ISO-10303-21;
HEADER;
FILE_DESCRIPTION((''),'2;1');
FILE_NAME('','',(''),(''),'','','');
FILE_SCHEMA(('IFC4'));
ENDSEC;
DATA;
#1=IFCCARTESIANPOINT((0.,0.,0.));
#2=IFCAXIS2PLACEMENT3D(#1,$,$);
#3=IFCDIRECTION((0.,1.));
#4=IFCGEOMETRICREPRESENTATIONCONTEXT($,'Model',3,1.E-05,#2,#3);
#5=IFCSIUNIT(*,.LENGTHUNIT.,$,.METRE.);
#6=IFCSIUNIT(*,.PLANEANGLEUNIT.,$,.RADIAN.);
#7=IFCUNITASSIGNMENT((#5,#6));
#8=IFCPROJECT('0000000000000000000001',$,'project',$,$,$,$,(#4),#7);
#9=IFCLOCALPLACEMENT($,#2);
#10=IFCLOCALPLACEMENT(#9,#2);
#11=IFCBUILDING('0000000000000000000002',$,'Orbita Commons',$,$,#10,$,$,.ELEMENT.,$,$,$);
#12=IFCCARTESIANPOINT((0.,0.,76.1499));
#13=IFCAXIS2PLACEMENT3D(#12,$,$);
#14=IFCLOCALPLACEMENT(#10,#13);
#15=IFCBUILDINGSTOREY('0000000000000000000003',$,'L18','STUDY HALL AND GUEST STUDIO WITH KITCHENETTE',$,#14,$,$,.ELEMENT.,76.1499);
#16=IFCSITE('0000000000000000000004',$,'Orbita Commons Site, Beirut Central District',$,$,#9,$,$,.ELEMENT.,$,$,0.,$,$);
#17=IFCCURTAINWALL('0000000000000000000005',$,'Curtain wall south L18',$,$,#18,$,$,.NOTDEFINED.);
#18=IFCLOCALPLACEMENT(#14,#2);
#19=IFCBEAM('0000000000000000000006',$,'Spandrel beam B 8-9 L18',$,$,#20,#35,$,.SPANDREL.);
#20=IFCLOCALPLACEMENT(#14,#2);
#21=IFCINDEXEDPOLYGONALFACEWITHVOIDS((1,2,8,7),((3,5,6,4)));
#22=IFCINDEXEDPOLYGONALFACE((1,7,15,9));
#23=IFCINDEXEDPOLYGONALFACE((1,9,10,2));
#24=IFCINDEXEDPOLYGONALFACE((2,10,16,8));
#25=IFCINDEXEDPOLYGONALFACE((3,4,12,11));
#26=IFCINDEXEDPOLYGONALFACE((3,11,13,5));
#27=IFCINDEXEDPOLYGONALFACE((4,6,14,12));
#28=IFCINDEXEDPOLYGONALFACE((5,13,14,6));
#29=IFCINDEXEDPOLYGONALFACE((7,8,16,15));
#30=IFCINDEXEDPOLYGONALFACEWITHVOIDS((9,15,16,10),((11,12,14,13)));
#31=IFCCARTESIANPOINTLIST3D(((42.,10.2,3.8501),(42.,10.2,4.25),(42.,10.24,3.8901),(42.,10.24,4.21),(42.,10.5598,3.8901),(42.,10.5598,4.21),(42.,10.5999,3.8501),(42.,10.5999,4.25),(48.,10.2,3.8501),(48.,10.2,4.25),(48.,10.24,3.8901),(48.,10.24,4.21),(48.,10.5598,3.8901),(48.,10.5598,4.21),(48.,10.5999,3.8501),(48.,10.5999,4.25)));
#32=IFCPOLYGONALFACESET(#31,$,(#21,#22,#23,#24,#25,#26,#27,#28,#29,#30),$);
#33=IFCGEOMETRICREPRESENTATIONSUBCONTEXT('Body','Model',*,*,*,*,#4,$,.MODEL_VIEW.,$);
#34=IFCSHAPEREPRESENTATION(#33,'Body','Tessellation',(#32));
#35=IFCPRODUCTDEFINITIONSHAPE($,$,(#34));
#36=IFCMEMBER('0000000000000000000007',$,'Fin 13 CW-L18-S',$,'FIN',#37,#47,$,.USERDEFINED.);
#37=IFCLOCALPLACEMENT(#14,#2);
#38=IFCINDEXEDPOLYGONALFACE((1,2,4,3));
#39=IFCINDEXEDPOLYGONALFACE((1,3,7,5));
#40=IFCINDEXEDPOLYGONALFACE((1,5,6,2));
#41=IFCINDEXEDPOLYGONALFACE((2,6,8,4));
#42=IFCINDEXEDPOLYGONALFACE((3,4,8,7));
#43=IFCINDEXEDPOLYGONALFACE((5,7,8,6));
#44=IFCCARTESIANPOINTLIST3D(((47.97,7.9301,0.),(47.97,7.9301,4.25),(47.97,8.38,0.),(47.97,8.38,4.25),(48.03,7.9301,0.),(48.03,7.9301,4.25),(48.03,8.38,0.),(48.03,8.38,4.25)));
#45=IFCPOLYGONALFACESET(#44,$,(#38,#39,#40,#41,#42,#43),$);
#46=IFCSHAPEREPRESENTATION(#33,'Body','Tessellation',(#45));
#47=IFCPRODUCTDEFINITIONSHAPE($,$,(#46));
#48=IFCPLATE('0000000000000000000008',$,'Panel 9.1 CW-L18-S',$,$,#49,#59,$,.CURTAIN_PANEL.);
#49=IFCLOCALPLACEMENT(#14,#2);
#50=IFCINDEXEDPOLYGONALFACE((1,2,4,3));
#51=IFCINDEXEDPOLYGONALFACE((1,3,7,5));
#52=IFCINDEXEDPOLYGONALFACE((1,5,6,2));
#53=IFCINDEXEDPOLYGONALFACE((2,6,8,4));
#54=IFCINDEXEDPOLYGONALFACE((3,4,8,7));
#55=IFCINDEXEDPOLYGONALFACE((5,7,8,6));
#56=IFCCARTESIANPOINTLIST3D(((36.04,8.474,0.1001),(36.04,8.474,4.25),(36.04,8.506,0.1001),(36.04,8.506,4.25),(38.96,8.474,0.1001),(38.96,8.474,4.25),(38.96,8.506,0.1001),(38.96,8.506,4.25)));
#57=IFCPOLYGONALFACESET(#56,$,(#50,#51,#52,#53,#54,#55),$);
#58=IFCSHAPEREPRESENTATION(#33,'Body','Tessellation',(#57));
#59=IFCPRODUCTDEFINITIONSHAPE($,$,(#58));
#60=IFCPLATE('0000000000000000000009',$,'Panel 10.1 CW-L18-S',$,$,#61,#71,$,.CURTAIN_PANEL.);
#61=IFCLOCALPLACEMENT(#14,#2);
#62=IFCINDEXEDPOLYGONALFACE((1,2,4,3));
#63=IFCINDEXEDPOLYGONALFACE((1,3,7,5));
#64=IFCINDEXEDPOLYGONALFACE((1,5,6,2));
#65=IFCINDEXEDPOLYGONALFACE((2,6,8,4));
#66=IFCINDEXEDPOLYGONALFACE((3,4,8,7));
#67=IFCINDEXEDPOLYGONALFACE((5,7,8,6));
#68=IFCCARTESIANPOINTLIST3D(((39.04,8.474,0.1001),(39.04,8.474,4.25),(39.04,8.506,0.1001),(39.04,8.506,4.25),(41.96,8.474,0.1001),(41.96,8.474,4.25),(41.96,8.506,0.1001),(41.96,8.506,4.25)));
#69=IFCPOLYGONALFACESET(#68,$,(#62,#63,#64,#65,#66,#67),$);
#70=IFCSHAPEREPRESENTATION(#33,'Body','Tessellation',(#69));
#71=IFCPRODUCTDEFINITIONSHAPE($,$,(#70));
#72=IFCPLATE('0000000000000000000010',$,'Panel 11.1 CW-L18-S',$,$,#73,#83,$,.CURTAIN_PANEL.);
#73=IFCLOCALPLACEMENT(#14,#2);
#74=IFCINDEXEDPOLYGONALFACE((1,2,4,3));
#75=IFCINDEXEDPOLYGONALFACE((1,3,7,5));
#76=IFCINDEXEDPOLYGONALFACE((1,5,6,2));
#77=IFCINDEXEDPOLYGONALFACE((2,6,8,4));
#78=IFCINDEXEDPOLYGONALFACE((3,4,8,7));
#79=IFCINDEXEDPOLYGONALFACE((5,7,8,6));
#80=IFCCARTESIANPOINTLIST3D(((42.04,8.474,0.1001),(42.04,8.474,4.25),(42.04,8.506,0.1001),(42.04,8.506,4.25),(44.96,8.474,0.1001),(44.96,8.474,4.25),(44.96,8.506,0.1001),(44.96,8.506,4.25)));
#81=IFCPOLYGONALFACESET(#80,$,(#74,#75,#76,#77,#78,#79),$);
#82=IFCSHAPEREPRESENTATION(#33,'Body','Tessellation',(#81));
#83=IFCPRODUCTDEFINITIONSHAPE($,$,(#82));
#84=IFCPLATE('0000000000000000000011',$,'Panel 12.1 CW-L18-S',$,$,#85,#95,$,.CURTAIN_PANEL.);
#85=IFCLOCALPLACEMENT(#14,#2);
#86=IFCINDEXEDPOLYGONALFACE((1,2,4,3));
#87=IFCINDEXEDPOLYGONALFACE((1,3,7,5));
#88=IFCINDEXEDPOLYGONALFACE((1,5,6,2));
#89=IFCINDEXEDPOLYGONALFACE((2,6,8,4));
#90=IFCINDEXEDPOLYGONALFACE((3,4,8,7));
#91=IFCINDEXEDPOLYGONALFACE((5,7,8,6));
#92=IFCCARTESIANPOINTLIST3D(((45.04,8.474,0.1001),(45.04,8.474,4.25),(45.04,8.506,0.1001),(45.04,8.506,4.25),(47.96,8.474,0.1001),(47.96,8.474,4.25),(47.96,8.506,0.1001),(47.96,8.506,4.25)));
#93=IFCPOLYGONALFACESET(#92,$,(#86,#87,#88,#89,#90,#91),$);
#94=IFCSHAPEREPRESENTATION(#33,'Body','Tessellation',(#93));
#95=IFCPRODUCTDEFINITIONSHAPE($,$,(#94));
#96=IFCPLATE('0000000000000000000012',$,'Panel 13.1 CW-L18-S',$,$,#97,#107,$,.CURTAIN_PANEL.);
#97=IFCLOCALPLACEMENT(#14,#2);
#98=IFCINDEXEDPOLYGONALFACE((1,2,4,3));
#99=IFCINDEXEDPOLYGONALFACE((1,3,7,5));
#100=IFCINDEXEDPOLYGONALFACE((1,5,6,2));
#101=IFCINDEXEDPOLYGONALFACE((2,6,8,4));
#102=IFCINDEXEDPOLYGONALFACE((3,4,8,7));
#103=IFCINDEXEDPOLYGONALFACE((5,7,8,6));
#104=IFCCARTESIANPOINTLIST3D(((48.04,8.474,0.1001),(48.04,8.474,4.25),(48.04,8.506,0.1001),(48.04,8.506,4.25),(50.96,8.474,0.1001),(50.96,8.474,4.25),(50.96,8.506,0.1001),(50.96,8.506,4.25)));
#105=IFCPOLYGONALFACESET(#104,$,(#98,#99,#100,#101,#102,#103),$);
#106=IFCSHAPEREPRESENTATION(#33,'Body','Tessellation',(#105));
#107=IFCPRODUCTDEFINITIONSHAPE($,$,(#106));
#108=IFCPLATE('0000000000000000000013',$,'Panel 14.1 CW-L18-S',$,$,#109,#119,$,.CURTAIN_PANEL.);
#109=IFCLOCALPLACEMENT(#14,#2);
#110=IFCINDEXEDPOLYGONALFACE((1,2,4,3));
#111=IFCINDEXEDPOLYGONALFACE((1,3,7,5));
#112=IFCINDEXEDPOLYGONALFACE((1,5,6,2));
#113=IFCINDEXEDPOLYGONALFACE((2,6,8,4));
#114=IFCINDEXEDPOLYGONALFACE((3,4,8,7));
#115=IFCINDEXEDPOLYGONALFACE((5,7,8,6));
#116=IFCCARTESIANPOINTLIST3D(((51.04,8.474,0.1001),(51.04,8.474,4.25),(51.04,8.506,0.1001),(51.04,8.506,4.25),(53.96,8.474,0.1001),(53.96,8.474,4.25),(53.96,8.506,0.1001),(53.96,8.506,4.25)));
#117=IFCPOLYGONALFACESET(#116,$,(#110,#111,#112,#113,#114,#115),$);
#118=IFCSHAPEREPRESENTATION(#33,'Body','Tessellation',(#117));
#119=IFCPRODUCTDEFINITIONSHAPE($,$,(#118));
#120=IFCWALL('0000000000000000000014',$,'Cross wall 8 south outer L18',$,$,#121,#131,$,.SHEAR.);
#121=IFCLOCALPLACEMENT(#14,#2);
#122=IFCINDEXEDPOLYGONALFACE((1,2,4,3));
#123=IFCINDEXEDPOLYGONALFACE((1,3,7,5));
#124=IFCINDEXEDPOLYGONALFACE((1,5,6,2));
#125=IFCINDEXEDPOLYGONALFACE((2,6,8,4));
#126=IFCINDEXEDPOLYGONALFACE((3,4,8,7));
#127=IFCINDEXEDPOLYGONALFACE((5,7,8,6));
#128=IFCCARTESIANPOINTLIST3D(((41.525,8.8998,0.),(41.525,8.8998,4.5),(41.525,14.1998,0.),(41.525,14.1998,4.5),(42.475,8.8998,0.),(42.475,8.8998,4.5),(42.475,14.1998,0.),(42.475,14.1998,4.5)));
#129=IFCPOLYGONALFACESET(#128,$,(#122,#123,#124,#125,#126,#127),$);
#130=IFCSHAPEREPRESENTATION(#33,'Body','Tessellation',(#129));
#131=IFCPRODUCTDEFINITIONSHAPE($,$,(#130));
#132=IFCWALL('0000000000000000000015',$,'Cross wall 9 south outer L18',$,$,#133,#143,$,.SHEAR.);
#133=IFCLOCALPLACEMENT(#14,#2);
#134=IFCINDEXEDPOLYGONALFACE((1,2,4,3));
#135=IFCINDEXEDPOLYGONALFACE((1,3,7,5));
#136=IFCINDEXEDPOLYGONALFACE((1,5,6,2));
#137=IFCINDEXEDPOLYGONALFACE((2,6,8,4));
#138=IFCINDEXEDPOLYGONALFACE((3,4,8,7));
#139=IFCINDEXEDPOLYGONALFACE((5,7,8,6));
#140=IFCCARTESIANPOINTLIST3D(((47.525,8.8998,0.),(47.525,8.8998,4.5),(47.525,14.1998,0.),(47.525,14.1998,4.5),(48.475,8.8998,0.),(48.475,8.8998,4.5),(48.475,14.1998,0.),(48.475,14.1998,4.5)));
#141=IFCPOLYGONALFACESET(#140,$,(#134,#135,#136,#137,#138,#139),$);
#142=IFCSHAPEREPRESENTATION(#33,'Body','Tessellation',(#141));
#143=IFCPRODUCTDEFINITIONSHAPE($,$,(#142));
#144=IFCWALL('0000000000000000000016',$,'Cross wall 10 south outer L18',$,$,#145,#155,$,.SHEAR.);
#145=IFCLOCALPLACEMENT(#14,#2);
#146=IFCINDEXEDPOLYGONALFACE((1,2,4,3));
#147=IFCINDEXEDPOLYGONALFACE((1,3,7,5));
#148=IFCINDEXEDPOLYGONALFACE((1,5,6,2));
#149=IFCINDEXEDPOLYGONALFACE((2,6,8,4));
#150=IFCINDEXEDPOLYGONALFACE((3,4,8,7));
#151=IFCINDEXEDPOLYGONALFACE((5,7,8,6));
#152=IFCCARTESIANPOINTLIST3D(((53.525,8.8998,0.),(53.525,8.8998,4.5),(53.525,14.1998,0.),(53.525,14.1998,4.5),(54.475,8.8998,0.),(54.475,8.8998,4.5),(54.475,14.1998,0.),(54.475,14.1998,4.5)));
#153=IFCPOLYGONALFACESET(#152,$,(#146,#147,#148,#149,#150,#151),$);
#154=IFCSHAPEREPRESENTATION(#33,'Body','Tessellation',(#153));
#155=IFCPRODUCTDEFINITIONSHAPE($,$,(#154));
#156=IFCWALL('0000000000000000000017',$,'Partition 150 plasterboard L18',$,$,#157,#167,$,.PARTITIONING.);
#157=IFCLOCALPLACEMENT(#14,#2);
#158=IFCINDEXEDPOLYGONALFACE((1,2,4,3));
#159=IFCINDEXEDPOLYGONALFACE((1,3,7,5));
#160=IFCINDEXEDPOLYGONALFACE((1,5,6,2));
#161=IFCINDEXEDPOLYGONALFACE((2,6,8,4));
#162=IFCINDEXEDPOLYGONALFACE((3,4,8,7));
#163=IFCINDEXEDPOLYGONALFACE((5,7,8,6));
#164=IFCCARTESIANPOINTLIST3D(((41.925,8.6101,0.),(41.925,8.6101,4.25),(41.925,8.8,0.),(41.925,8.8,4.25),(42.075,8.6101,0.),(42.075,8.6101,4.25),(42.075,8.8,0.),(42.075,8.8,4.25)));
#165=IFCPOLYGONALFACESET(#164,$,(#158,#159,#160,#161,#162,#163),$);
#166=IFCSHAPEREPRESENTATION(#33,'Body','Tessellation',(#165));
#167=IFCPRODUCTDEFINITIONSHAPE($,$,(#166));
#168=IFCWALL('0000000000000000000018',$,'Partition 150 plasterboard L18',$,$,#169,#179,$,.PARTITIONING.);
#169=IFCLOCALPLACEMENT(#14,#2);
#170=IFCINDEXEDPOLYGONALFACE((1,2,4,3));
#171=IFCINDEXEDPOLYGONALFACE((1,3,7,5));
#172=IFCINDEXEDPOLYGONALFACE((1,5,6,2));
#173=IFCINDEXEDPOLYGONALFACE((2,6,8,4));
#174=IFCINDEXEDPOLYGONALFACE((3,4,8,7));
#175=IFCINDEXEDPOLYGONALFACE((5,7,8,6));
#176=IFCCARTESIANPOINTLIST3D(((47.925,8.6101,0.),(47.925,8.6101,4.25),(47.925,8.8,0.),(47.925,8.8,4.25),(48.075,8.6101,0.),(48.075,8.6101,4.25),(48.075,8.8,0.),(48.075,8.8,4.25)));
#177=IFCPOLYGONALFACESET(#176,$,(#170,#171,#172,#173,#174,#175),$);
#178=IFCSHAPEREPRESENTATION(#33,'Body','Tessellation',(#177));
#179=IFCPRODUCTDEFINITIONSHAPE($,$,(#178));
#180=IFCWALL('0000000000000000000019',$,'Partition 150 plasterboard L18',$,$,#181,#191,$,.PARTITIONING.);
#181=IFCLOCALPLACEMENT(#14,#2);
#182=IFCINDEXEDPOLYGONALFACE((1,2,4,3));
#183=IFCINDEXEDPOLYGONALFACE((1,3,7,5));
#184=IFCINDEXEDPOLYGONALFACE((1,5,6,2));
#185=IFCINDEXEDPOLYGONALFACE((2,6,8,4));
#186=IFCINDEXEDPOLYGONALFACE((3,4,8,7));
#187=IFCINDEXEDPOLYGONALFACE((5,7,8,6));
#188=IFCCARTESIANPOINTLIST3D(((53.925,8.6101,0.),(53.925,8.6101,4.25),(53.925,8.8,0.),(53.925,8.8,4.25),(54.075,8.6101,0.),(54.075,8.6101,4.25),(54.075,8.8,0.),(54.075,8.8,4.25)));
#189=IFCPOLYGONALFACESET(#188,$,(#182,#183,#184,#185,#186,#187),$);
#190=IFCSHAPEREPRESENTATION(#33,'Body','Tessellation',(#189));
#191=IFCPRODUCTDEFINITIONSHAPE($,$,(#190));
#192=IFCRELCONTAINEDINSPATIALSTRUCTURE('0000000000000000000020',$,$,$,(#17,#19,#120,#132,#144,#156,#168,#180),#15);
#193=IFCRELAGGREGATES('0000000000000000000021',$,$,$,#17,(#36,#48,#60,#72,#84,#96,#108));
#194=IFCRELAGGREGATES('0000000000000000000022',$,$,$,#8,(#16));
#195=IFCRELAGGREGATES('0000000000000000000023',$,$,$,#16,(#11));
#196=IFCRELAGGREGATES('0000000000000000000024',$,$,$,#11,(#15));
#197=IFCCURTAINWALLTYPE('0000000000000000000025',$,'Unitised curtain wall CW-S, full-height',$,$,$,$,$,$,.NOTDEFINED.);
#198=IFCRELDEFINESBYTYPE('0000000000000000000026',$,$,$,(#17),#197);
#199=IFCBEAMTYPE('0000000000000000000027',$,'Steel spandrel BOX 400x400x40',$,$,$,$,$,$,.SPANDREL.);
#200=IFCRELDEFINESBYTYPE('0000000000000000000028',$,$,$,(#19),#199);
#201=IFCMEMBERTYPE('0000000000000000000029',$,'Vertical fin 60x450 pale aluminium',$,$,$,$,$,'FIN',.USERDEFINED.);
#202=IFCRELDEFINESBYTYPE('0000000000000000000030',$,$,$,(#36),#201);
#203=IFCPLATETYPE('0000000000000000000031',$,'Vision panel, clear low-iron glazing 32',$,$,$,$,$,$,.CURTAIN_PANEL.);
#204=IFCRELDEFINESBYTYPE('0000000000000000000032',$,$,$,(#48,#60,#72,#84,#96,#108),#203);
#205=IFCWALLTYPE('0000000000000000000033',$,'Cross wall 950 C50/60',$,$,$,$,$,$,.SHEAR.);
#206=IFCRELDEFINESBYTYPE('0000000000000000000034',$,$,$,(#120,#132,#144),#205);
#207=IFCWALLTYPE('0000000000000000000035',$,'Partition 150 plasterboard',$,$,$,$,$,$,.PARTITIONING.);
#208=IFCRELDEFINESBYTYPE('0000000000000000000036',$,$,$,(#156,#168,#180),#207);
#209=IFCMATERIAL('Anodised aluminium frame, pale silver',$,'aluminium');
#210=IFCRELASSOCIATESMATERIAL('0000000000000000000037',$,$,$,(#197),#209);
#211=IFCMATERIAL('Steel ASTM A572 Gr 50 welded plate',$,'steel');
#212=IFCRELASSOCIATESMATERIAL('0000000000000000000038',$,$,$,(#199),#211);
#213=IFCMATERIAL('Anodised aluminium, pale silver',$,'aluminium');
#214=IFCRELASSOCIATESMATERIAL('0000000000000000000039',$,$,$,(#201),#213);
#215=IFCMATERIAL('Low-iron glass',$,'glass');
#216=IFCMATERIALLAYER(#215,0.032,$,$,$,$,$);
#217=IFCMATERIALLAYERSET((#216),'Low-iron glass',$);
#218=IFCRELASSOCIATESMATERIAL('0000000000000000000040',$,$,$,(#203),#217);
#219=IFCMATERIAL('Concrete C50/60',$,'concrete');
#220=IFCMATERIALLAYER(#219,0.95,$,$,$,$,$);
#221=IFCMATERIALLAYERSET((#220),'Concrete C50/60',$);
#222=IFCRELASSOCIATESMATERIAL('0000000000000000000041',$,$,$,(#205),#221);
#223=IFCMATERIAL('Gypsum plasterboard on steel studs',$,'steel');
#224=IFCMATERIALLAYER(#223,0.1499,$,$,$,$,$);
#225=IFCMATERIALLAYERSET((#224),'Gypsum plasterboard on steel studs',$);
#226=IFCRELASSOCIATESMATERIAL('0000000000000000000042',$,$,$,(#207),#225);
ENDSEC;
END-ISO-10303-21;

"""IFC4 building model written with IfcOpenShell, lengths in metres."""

from ifc_helpers import new_model, si_unit, direction, frame, frame_2d, origin, origin_2d, place, context, subcontext, project, spatial, rectangle, hollow_rectangle, extrude, material, layer, layer_set, material_profile, profile_set, type_object, element, aggregate, save


model = new_model("IFC4")

# Units and contexts
model_context = context("Model", 3, precision=1e-05, world=origin(), true_north=direction((0.0, 1.0)))
body_context = subcontext(model_context, "Body", "Model", "MODEL_VIEW")
ifc_project = project(units=[si_unit("LENGTHUNIT", "METRE"), si_unit("PLANEANGLEUNIT", "RADIAN")], contexts=[model_context])

# Site, building, storey
site_placement = place(None, origin())
site = spatial("IfcSite", under=ifc_project, at=site_placement, Name="Orbita Commons Site, Beirut Central District", CompositionType="ELEMENT", RefElevation=0.0)
building_placement = place(site_placement, origin())
building = spatial("IfcBuilding", under=site, at=building_placement, Name="Orbita Commons", CompositionType="ELEMENT")
storey_placement = place(building_placement, frame((0.0, 0.0, 76.1499)))
storey = spatial("IfcBuildingStorey", under=building, at=storey_placement, Name="L18", Description="STUDY HALL AND GUEST STUDIO WITH KITCHENETTE", CompositionType="ELEMENT", Elevation=76.1499)

# Curtain wall
ifc_material_1 = material(Name="Anodised aluminium frame, pale silver", Category="aluminium")
curtain_wall_type = type_object("IfcCurtainWallType", Name="Unitised curtain wall CW-S, full-height", PredefinedType="NOTDEFINED", material=ifc_material_1)
curtain_wall_placement = place(storey_placement, origin())
curtain_wall = element("IfcCurtainWall", 1, at=curtain_wall_placement, inside=storey, type_object=curtain_wall_type, Name="Curtain wall south L18", PredefinedType="NOTDEFINED")

# Beam
ifc_material_2 = material(Name="Steel ASTM A572 Gr 50 welded plate", Category="steel")
ifc_material_profile_1 = material_profile(ifc_material_2, hollow_rectangle(XDim=0.3999, YDim=0.3999, WallThickness=0.04, at=origin_2d()), Name="BOX 400x400x40")
ifc_profile_set_1 = profile_set([ifc_material_profile_1], Name="Steel ASTM A572 Gr 50 welded plate")
beam_type = type_object("IfcBeamType", Name="Steel spandrel BOX 400x400x40", PredefinedType="SPANDREL", material=ifc_profile_set_1)
beam_placement = place(storey_placement, frame((42.0, 10.3999, 4.05), z_axis=(1.0, 0.0, 0.0), x_axis=(0.0, 1.0, 0.0)))
element("IfcBeam", 2, at=beam_placement, inside=storey, type_object=beam_type, Name="Spandrel beam B 8-9 L18", PredefinedType="SPANDREL", context=body_context, shape_type="SweptSolid", body=[
    extrude(hollow_rectangle(XDim=0.3999, YDim=0.3999, WallThickness=0.04, at=origin_2d()), origin(), (0.0, 0.0, 1.0), 6.0),
])

# Member
ifc_material_3 = material(Name="Anodised aluminium, pale silver", Category="aluminium")
ifc_material_profile_2 = material_profile(ifc_material_3, rectangle(XDim=0.0601, YDim=0.45, at=origin_2d()), Name="FIN 60x450")
ifc_profile_set_2 = profile_set([ifc_material_profile_2], Name="Anodised aluminium, pale silver")
member_type_1 = type_object("IfcMemberType", Name="Vertical fin 60x450 pale aluminium", ElementType="FIN", PredefinedType="USERDEFINED", material=ifc_profile_set_2)
member_1_placement = place(storey_placement, frame((48.0, 8.155, 0.0), z_axis=(0.0, 0.0, 1.0), x_axis=(1.0, 0.0, 0.0)))
member_1 = element("IfcMember", 3, at=member_1_placement, type_object=member_type_1, Name="Fin 13 CW-L18-S", ObjectType="FIN", PredefinedType="USERDEFINED", context=body_context, shape_type="SweptSolid", body=[
    extrude(rectangle(XDim=0.0601, YDim=0.45, at=origin_2d()), origin(), (0.0, 0.0, 1.0), 4.25),
])

# Plates
ifc_material_4 = material(Name="Low-iron glass", Category="glass")
ifc_layer_1 = layer(ifc_material_4, 0.032)
ifc_layer_set_1 = layer_set([ifc_layer_1], Name="Low-iron glass")
plate_type = type_object("IfcPlateType", Name="Vision panel, clear low-iron glazing 32", PredefinedType="CURTAIN_PANEL", material=ifc_layer_set_1)
plate_1_placement = place(storey_placement, frame((37.5, 8.49, 0.1001), z_axis=(0.0, 0.0, 1.0), x_axis=(1.0, 0.0, 0.0)))
plate_1 = element("IfcPlate", 4, at=plate_1_placement, type_object=plate_type, Name="Panel 9.1 CW-L18-S", PredefinedType="CURTAIN_PANEL", context=body_context, shape_type="SweptSolid", body=[
    extrude(rectangle(XDim=2.9199, YDim=0.032, at=origin_2d()), origin(), (0.0, 0.0, 1.0), 4.1499),
])
plate_2_placement = place(storey_placement, frame((40.5, 8.49, 0.1001), z_axis=(0.0, 0.0, 1.0), x_axis=(1.0, 0.0, 0.0)))
plate_2 = element("IfcPlate", 5, at=plate_2_placement, type_object=plate_type, Name="Panel 10.1 CW-L18-S", PredefinedType="CURTAIN_PANEL", context=body_context, shape_type="SweptSolid", body=[
    extrude(rectangle(XDim=2.9199, YDim=0.032, at=origin_2d()), origin(), (0.0, 0.0, 1.0), 4.1499),
])
plate_3_placement = place(storey_placement, frame((43.5, 8.49, 0.1001), z_axis=(0.0, 0.0, 1.0), x_axis=(1.0, 0.0, 0.0)))
plate_3 = element("IfcPlate", 6, at=plate_3_placement, type_object=plate_type, Name="Panel 11.1 CW-L18-S", PredefinedType="CURTAIN_PANEL", context=body_context, shape_type="SweptSolid", body=[
    extrude(rectangle(XDim=2.9199, YDim=0.032, at=origin_2d()), origin(), (0.0, 0.0, 1.0), 4.1499),
])
plate_4_placement = place(storey_placement, frame((46.5, 8.49, 0.1001), z_axis=(0.0, 0.0, 1.0), x_axis=(1.0, 0.0, 0.0)))
plate_4 = element("IfcPlate", 7, at=plate_4_placement, type_object=plate_type, Name="Panel 12.1 CW-L18-S", PredefinedType="CURTAIN_PANEL", context=body_context, shape_type="SweptSolid", body=[
    extrude(rectangle(XDim=2.9199, YDim=0.032, at=origin_2d()), origin(), (0.0, 0.0, 1.0), 4.1499),
])
plate_5_placement = place(storey_placement, frame((49.5, 8.49, 0.1001), z_axis=(0.0, 0.0, 1.0), x_axis=(1.0, 0.0, 0.0)))
plate_5 = element("IfcPlate", 8, at=plate_5_placement, type_object=plate_type, Name="Panel 13.1 CW-L18-S", PredefinedType="CURTAIN_PANEL", context=body_context, shape_type="SweptSolid", body=[
    extrude(rectangle(XDim=2.9199, YDim=0.032, at=origin_2d()), origin(), (0.0, 0.0, 1.0), 4.1499),
])
plate_6_placement = place(storey_placement, frame((52.5, 8.49, 0.1001), z_axis=(0.0, 0.0, 1.0), x_axis=(1.0, 0.0, 0.0)))
plate_6 = element("IfcPlate", 9, at=plate_6_placement, type_object=plate_type, Name="Panel 14.1 CW-L18-S", PredefinedType="CURTAIN_PANEL", context=body_context, shape_type="SweptSolid", body=[
    extrude(rectangle(XDim=2.9199, YDim=0.032, at=origin_2d()), origin(), (0.0, 0.0, 1.0), 4.1499),
])
aggregate(curtain_wall, [member_1, plate_1, plate_2, plate_3, plate_4, plate_5, plate_6])

# Walls
ifc_material_5 = material(Name="Concrete C50/60", Category="concrete")
ifc_layer_2 = layer(ifc_material_5, 0.95)
ifc_layer_set_2 = layer_set([ifc_layer_2], Name="Concrete C50/60")
wall_type_1 = type_object("IfcWallType", Name="Cross wall 950 C50/60", PredefinedType="SHEAR", material=ifc_layer_set_2)
for number, where, z_axis, x_axis, name in (
    (10, (42.0, 8.8999, 0.0), (0.0, 0.0, 1.0), (0.0, 1.0, 0.0), "Cross wall 8 south outer L18"),
    (11, (48.0, 8.8999, 0.0), (0.0, 0.0, 1.0), (0.0, 1.0, 0.0), "Cross wall 9 south outer L18"),
    (12, (54.0, 8.8999, 0.0), (0.0, 0.0, 1.0), (0.0, 1.0, 0.0), "Cross wall 10 south outer L18"),
):
    element("IfcWall", number, at=place(storey_placement, frame(where, z_axis=z_axis, x_axis=x_axis)), inside=storey, type_object=wall_type_1, Name=name, PredefinedType="SHEAR", context=body_context, shape_type="SweptSolid", body=[
        extrude(rectangle(XDim=5.3, YDim=0.95, at=frame_2d((2.6499, 0.0))), origin(), (0.0, 0.0, 1.0), 4.5),
    ])
ifc_material_6 = material(Name="Gypsum plasterboard on steel studs", Category="steel")
ifc_layer_3 = layer(ifc_material_6, 0.1499)
ifc_layer_set_3 = layer_set([ifc_layer_3], Name="Gypsum plasterboard on steel studs")
wall_type_2 = type_object("IfcWallType", Name="Partition 150 plasterboard", PredefinedType="PARTITIONING", material=ifc_layer_set_3)
for number, where, z_axis, x_axis, name in (
    (13, (42.0, 8.8, 0.0), (0.0, 0.0, 1.0), (0.0, -1.0, 0.0), "Partition 150 plasterboard L18"),
    (14, (48.0, 8.8, 0.0), (0.0, 0.0, 1.0), (0.0, -1.0, 0.0), "Partition 150 plasterboard L18"),
    (15, (54.0, 8.8, 0.0), (0.0, 0.0, 1.0), (0.0, -1.0, 0.0), "Partition 150 plasterboard L18"),
):
    element("IfcWall", number, at=place(storey_placement, frame(where, z_axis=z_axis, x_axis=x_axis)), inside=storey, type_object=wall_type_2, Name=name, PredefinedType="PARTITIONING", context=body_context, shape_type="SweptSolid", body=[
        extrude(rectangle(XDim=0.1899, YDim=0.1499, at=frame_2d((0.095, 0.0))), origin(), (0.0, 0.0, 1.0), 4.25),
    ])

save(model, "model.ifc")
